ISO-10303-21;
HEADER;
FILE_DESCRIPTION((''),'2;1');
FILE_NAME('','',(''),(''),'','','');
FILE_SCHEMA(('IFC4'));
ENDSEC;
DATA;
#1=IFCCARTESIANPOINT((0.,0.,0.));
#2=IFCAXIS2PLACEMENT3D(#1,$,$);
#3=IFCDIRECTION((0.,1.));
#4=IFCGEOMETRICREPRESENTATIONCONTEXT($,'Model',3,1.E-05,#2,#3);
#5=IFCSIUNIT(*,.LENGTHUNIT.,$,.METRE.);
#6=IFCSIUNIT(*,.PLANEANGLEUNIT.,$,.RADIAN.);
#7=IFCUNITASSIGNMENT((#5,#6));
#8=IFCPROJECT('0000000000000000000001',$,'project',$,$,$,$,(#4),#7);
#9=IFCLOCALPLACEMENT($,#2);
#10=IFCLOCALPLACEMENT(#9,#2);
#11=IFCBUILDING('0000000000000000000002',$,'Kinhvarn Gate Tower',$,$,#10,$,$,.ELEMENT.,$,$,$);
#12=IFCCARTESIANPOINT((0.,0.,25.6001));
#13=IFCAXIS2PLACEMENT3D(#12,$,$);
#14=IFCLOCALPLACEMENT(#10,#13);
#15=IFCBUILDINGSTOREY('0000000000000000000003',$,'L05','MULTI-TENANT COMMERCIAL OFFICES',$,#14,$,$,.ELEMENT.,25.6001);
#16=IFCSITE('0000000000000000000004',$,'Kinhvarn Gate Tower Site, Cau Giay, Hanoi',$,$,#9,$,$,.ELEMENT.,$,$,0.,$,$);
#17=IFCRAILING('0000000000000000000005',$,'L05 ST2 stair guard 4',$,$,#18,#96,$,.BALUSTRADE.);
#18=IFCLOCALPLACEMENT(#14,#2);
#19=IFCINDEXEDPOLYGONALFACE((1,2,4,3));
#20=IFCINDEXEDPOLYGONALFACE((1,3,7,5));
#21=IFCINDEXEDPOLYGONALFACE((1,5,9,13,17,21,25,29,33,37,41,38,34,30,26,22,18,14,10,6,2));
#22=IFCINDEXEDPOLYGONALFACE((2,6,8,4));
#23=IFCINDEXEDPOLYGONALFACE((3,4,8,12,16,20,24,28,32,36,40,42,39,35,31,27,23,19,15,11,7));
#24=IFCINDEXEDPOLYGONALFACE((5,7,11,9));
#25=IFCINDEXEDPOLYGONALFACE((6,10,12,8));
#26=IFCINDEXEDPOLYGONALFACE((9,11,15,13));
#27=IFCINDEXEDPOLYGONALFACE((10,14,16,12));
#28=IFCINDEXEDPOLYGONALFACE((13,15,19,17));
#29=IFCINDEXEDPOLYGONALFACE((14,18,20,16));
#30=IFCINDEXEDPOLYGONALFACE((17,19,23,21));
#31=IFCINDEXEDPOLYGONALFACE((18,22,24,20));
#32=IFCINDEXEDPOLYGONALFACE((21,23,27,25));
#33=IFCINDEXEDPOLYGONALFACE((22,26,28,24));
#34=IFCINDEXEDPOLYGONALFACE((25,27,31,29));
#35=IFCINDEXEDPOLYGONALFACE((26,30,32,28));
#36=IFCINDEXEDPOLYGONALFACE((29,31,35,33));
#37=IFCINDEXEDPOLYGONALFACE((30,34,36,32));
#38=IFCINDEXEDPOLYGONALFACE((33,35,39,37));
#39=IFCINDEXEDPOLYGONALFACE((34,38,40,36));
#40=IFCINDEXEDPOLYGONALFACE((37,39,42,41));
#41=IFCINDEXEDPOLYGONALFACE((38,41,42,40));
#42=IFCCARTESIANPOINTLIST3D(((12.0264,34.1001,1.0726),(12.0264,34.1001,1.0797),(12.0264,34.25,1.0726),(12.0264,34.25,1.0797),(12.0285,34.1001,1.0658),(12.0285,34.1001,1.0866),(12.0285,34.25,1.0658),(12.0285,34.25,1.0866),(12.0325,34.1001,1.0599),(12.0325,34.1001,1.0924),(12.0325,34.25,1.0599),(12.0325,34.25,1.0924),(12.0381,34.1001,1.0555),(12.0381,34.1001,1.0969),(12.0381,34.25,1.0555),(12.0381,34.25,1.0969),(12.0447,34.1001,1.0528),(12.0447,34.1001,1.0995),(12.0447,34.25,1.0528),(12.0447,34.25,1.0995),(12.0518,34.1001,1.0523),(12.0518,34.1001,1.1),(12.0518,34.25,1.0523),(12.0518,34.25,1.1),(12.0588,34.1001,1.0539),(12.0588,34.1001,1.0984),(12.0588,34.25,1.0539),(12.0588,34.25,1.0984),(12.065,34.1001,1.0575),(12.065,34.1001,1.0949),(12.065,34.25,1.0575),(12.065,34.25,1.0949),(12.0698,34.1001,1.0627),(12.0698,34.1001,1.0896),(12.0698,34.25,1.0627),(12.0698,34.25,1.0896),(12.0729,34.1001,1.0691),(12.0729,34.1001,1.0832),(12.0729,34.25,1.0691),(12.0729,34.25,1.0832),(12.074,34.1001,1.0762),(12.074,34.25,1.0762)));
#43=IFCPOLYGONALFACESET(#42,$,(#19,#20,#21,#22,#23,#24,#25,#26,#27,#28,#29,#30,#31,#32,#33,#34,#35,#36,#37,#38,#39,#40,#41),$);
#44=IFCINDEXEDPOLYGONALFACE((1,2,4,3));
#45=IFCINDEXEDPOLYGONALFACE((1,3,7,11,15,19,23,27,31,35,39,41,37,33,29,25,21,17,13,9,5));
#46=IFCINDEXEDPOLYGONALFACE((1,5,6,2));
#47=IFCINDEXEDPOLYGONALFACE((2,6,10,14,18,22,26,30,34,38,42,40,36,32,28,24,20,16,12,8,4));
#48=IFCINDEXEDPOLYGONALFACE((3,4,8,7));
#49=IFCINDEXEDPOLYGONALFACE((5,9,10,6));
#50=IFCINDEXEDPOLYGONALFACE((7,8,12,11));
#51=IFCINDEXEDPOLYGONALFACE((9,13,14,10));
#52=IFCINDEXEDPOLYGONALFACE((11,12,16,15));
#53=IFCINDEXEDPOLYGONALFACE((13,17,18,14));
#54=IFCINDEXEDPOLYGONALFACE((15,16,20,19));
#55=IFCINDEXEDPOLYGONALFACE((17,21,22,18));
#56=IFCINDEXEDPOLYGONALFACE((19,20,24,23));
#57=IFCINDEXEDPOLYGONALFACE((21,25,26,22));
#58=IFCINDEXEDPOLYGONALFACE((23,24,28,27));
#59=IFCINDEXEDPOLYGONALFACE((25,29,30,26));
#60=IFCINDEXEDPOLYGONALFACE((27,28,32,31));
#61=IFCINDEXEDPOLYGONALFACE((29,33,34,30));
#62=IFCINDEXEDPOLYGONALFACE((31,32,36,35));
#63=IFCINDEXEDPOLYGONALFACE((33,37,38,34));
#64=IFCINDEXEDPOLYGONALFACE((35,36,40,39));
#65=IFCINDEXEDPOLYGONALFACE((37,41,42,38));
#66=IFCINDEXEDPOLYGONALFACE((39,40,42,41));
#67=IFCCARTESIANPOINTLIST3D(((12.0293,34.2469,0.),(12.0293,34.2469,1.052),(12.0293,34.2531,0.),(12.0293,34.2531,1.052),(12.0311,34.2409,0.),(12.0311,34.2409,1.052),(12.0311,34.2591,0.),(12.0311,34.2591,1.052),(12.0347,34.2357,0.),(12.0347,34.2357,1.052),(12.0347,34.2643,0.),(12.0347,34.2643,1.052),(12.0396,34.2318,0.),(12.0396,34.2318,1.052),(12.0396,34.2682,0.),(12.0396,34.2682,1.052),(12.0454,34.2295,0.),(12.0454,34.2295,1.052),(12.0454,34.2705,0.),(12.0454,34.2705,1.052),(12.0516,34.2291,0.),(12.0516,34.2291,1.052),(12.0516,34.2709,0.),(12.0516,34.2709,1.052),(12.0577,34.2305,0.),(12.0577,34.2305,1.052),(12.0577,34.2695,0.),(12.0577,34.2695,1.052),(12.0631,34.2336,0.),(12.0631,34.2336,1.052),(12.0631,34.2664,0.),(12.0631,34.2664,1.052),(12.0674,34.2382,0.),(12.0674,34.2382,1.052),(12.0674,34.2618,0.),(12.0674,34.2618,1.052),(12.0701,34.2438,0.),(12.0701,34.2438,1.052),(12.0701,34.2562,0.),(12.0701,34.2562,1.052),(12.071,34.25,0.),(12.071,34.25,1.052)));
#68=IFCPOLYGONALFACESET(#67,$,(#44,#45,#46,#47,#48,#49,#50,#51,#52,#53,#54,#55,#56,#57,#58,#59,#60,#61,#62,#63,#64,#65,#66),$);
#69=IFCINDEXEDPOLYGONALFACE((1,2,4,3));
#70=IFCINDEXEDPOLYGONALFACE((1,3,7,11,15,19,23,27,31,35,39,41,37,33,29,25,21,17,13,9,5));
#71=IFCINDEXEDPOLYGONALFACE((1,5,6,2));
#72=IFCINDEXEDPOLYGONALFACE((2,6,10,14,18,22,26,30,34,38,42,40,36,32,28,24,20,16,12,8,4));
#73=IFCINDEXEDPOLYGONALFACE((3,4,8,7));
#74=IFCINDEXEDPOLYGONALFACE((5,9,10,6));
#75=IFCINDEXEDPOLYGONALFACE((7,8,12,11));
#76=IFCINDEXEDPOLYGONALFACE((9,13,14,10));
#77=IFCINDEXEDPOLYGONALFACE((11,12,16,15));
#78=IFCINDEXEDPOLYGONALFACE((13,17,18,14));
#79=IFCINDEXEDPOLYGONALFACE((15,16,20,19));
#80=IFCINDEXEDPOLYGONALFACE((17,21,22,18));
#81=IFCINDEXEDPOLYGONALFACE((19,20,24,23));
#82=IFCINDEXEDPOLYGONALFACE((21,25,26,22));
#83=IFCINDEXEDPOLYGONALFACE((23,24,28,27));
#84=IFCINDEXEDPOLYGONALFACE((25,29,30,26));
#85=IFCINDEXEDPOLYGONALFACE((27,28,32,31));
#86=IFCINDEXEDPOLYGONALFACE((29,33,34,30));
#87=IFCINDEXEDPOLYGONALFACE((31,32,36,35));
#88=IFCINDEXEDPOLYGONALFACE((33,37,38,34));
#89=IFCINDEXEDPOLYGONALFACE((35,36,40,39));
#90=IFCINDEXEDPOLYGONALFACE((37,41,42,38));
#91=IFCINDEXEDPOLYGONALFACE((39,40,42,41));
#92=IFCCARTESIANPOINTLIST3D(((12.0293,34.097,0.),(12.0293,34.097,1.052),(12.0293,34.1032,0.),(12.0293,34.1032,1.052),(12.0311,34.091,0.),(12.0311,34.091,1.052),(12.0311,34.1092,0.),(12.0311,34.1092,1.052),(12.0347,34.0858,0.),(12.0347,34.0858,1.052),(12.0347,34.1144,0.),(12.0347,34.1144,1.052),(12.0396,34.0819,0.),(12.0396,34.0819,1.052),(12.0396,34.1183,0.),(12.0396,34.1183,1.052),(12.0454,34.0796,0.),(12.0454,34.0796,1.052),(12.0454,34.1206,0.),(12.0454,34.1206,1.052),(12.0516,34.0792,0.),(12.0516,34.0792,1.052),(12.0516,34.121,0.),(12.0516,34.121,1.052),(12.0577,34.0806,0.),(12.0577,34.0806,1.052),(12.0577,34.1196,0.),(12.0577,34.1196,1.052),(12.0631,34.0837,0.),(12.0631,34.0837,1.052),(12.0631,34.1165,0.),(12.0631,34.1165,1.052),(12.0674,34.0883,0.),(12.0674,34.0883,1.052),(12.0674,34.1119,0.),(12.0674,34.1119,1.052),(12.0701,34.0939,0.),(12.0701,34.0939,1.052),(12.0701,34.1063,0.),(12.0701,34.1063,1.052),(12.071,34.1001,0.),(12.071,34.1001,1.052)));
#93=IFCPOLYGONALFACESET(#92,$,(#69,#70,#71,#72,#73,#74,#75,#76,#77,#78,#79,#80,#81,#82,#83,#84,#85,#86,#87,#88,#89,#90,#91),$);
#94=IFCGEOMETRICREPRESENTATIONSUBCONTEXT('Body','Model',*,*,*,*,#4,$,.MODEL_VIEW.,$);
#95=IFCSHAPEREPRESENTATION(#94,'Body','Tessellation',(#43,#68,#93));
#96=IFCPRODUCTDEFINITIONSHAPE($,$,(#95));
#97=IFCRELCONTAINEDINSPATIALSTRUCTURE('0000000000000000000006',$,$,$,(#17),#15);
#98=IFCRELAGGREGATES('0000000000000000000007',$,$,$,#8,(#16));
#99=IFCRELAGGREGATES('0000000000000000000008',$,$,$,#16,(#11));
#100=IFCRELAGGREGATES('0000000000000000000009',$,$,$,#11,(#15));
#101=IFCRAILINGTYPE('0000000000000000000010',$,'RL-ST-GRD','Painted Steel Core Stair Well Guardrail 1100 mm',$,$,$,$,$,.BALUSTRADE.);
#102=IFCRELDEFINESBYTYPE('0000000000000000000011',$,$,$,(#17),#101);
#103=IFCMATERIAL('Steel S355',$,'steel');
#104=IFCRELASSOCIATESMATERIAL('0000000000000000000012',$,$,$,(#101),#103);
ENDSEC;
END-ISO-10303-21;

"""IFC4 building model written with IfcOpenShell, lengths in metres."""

from ifc_helpers import new_model, si_unit, direction, frame, origin, origin_2d, place, context, subcontext, project, spatial, circle, extrude, material, type_object, element, save


model = new_model("IFC4")

# Units and contexts
model_context = context("Model", 3, precision=1e-05, world=origin(), true_north=direction((0.0, 1.0)))
body_context = subcontext(model_context, "Body", "Model", "MODEL_VIEW")
ifc_project = project(units=[si_unit("LENGTHUNIT", "METRE"), si_unit("PLANEANGLEUNIT", "RADIAN")], contexts=[model_context])

# Site, building, storey
site_placement = place(None, origin())
site = spatial("IfcSite", under=ifc_project, at=site_placement, Name="Kinhvarn Gate Tower Site, Cau Giay, Hanoi", CompositionType="ELEMENT", RefElevation=0.0)
building_placement = place(site_placement, origin())
building = spatial("IfcBuilding", under=site, at=building_placement, Name="Kinhvarn Gate Tower", CompositionType="ELEMENT")
storey_placement = place(building_placement, frame((0.0, 0.0, 25.6001)))
storey = spatial("IfcBuildingStorey", under=building, at=storey_placement, Name="L05", Description="MULTI-TENANT COMMERCIAL OFFICES", CompositionType="ELEMENT", Elevation=25.6001)

# Shared definitions
ifc_material_1 = material(Name="Steel S355", Category="steel")

# Railing
railing_type_1 = type_object("IfcRailingType", Name="RL-ST-GRD", Description="Painted Steel Core Stair Well Guardrail 1100 mm", PredefinedType="BALUSTRADE", material=ifc_material_1)
railing_1_placement = place(storey_placement, frame((12.05, 34.25, 0.0)))
element("IfcRailing", 1, at=railing_1_placement, inside=storey, type_object=railing_type_1, Name="L05 ST2 stair guard 4", PredefinedType="BALUSTRADE", context=body_context, shape_type="SweptSolid", body=[
    extrude(circle(Radius=0.0239, at=origin_2d()), frame((0.0, 0.0, 1.0762), z_axis=(0.0, -1.0, 0.0), x_axis=(1.0, 0.0, 0.0)), (0.0, 0.0, 1.0), 0.1499),
    extrude(circle(Radius=0.021, at=origin_2d()), origin(), (0.0, 0.0, 1.0), 1.052),
    extrude(circle(Radius=0.021, at=origin_2d()), frame((0.0, -0.1499, 0.0)), (0.0, 0.0, 1.0), 1.052),
])

save(model, "model.ifc")
